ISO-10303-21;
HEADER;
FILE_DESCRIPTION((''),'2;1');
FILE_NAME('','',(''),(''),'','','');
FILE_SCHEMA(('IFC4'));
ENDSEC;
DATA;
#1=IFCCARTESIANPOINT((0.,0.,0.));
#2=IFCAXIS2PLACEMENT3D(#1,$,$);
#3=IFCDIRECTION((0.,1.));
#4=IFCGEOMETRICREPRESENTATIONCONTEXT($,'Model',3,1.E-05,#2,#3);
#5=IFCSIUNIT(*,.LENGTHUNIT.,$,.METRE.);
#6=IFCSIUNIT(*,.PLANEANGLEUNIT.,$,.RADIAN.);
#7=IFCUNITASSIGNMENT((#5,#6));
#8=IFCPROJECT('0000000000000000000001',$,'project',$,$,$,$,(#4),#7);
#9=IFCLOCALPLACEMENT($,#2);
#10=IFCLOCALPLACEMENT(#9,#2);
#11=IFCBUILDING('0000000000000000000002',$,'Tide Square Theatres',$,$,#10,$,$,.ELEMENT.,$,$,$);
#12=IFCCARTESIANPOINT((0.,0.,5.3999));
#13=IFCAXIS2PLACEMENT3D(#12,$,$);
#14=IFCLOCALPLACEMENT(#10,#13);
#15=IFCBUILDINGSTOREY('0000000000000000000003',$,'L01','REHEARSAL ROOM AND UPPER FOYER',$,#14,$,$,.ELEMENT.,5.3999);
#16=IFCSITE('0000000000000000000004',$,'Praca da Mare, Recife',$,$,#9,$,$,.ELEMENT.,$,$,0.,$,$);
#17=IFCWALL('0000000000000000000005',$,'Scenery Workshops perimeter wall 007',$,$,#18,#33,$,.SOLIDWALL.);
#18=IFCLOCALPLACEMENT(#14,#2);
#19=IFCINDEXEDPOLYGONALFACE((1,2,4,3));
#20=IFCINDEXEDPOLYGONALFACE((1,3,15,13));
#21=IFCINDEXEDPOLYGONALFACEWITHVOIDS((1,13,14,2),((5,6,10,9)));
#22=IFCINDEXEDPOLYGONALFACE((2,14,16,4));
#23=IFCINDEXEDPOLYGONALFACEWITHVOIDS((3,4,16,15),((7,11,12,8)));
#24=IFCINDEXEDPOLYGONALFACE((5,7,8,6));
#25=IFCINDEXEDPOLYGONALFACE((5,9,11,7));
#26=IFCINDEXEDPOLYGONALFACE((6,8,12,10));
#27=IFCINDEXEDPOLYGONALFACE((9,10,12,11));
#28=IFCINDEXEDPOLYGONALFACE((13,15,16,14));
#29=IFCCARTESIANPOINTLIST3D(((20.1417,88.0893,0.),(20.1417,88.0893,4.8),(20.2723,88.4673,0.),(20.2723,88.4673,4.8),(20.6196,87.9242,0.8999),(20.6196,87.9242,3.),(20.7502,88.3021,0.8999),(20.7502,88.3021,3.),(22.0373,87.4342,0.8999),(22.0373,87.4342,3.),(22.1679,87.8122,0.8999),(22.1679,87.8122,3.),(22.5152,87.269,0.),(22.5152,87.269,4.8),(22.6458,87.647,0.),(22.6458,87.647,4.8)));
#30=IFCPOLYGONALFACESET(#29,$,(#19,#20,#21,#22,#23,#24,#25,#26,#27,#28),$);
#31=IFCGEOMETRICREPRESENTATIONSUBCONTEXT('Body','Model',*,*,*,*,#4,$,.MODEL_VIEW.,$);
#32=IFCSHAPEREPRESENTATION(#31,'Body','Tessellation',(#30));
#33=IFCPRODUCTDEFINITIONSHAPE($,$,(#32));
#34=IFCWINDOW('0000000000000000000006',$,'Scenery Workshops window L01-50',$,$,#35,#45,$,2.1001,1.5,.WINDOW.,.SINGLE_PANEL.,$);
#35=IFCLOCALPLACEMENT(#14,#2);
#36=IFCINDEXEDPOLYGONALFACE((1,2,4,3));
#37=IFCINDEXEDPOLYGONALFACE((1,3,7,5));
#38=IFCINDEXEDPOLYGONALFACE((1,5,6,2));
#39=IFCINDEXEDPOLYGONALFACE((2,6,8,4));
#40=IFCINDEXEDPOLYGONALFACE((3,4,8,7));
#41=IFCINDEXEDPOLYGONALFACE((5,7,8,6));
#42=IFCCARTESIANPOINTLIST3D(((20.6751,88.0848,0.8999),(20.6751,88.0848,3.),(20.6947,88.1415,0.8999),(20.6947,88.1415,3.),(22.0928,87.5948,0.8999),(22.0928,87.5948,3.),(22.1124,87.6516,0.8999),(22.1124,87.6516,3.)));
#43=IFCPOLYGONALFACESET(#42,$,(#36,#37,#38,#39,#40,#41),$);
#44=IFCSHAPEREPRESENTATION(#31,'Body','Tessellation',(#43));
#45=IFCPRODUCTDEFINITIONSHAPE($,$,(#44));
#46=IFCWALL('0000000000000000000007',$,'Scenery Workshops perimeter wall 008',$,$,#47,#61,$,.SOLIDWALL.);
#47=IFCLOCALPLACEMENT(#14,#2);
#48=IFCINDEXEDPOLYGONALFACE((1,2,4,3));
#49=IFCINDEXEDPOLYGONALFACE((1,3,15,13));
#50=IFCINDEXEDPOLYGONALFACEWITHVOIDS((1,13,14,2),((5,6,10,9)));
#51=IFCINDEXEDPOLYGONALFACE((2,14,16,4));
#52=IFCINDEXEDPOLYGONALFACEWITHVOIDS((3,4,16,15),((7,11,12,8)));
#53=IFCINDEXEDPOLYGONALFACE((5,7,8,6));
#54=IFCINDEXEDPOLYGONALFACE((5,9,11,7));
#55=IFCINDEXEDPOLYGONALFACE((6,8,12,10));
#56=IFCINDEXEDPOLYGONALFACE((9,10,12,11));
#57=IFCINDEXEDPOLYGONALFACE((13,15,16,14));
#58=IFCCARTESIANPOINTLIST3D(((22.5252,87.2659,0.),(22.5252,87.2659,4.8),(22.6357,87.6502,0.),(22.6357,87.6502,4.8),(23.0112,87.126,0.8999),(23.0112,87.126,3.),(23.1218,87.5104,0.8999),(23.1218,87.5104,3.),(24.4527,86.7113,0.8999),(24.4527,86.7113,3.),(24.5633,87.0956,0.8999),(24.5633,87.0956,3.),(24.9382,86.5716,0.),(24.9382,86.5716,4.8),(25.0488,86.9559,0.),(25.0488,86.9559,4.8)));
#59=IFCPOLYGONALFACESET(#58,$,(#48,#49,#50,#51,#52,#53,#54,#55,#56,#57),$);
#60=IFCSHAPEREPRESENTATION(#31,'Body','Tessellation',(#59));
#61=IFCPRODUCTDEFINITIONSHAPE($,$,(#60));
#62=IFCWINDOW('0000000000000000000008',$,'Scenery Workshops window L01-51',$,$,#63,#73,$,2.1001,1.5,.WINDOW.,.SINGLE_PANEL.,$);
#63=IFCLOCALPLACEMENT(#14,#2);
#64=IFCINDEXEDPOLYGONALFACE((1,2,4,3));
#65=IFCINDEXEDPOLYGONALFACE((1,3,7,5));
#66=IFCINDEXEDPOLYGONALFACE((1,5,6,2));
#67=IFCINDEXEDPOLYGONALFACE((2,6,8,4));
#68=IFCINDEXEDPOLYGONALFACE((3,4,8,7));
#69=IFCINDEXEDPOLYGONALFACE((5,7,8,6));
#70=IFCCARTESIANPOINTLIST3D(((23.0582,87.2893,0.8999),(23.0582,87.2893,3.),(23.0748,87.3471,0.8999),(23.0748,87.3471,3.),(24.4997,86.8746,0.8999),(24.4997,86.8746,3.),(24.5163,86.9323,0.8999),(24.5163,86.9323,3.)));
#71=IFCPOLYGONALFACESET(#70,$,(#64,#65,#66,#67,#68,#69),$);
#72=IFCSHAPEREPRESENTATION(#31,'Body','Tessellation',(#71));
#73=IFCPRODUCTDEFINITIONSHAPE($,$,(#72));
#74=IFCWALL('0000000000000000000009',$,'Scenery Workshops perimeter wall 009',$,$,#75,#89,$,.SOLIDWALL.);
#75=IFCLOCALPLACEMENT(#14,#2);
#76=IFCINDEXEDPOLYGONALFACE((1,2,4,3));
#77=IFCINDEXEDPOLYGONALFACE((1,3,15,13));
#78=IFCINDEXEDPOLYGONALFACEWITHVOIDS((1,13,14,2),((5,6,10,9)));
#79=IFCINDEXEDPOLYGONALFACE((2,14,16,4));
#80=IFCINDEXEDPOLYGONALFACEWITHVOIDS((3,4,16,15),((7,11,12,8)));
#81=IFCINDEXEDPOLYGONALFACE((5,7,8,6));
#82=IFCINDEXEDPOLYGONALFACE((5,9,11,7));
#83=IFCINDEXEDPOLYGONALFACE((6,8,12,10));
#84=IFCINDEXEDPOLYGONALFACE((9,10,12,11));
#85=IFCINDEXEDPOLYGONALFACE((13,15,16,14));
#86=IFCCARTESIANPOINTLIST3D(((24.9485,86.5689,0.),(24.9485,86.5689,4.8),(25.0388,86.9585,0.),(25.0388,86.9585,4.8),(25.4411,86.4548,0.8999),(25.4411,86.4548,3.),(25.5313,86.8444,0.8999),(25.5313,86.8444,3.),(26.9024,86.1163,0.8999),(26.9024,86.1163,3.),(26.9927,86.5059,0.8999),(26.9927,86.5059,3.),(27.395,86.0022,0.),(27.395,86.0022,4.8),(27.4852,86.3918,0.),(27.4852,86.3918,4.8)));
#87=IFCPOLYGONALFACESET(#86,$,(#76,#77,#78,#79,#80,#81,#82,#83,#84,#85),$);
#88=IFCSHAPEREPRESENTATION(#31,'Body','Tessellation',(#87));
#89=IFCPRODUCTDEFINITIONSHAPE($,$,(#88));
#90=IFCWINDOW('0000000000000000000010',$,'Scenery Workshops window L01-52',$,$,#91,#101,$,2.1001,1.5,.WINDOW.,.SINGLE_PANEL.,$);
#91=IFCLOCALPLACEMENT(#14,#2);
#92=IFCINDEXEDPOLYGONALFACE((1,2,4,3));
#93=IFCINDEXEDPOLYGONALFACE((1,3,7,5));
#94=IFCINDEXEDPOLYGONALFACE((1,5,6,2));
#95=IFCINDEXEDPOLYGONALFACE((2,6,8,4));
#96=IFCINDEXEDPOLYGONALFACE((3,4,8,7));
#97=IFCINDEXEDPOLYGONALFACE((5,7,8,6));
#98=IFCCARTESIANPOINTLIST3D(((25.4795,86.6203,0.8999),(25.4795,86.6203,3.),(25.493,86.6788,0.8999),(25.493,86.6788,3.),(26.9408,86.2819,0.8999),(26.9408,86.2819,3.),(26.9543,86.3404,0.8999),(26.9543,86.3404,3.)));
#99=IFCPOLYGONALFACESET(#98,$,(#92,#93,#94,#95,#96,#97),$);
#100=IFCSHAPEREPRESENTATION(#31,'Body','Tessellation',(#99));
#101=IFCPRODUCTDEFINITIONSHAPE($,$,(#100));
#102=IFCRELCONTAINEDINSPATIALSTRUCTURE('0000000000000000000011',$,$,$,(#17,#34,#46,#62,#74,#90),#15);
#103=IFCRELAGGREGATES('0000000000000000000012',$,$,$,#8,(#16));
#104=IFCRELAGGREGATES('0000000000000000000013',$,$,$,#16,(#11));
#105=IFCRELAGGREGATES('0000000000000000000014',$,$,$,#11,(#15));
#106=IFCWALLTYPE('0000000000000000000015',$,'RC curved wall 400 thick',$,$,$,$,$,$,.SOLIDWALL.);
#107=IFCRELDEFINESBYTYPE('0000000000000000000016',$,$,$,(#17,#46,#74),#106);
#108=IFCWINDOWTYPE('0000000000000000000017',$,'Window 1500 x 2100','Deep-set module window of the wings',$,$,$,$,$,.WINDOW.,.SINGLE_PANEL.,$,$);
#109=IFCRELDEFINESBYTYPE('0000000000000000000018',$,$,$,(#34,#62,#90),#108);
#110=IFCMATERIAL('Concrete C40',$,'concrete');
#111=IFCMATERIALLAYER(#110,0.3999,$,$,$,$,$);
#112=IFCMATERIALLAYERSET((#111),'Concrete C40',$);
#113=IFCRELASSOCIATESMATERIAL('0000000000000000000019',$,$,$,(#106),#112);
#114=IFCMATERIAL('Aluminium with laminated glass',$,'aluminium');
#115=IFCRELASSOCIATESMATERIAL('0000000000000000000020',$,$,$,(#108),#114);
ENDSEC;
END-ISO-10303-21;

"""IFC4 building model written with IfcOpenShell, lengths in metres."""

from ifc_helpers import new_model, si_unit, direction, frame, frame_2d, origin, place, context, subcontext, project, spatial, rectangle, extrude, material, layer, layer_set, type_object, element, fill, save


model = new_model("IFC4")

# Units and contexts
model_context = context("Model", 3, precision=1e-05, world=origin(), true_north=direction((0.0, 1.0)))
body_context = subcontext(model_context, "Body", "Model", "MODEL_VIEW")
ifc_project = project(units=[si_unit("LENGTHUNIT", "METRE"), si_unit("PLANEANGLEUNIT", "RADIAN")], contexts=[model_context])

# Site, building, storey
site_placement = place(None, origin())
site = spatial("IfcSite", under=ifc_project, at=site_placement, Name="Praca da Mare, Recife", CompositionType="ELEMENT", RefElevation=0.0)
building_placement = place(site_placement, origin())
building = spatial("IfcBuilding", under=site, at=building_placement, Name="Tide Square Theatres", CompositionType="ELEMENT")
storey_placement = place(building_placement, frame((0.0, 0.0, 5.3999)))
storey = spatial("IfcBuildingStorey", under=building, at=storey_placement, Name="L01", Description="REHEARSAL ROOM AND UPPER FOYER", CompositionType="ELEMENT", Elevation=5.3999)

# Shared definitions
ifc_material_1 = material(Name="Concrete C40", Category="concrete")
ifc_layer_1 = layer(ifc_material_1, 0.3999)
ifc_layer_set_1 = layer_set([ifc_layer_1], Name="Concrete C40")
wall_type_1 = type_object("IfcWallType", Name="RC curved wall 400 thick", PredefinedType="SOLIDWALL", material=ifc_layer_set_1)

# Walls, openings, windows
ifc_material_2 = material(Name="Aluminium with laminated glass", Category="aluminium")
window_type = type_object("IfcWindowType", Name="Window 1500 x 2100", Description="Deep-set module window of the wings", PartitioningType="SINGLE_PANEL", PredefinedType="WINDOW", material=ifc_material_2)
wall_1_placement = place(storey_placement, frame((20.207, 88.2783, 0.0), z_axis=(0.0, 0.0, 1.0), x_axis=(0.945145, -0.32665, 0.0)))
wall_1 = element("IfcWall", 1, at=wall_1_placement, inside=storey, type_object=wall_type_1, Name="Scenery Workshops perimeter wall 007", PredefinedType="SOLIDWALL", context=body_context, shape_type="SweptSolid", body=[
    extrude(rectangle(XDim=2.5112, YDim=0.3999, at=frame_2d((1.2556, 0.0))), origin(), (0.0, 0.0, 1.0), 4.8),
])
opening_1_placement = place(wall_1_placement, frame((0.5056, 0.0, 0.8999)))
opening_1 = element("IfcOpeningElement", 2, at=opening_1_placement, cuts=wall_1, PredefinedType="OPENING", context=body_context, shape_type="SweptSolid", body=[
    extrude(rectangle(XDim=1.5, YDim=2.1001, at=frame_2d((0.75, 1.05))), frame((0.0, 0.21, 0.0), z_axis=(0.0, -1.0, 0.0), x_axis=(1.0, 0.0, 0.0)), (0.0, 0.0, 1.0), 0.4199),
])
window_1_placement = place(opening_1_placement, origin())
window_1 = element("IfcWindow", 3, at=window_1_placement, inside=storey, type_object=window_type, Name="Scenery Workshops window L01-50", OverallHeight=2.1001, OverallWidth=1.5, PartitioningType="SINGLE_PANEL", PredefinedType="WINDOW", context=body_context, shape_type="SweptSolid", body=[
    extrude(rectangle(XDim=1.5, YDim=2.1001, at=frame_2d((0.75, 1.05))), frame((0.0, 0.03, 0.0), z_axis=(0.0, -1.0, 0.0), x_axis=(1.0, 0.0, 0.0)), (0.0, 0.0, 1.0), 0.0601),
])
fill(opening_1, window_1)
wall_2_placement = place(storey_placement, frame((22.5806, 87.458, 0.0), z_axis=(0.0, 0.0, 1.0), x_axis=(0.961009, -0.276518, 0.0)))
wall_2 = element("IfcWall", 4, at=wall_2_placement, inside=storey, type_object=wall_type_1, Name="Scenery Workshops perimeter wall 008", PredefinedType="SOLIDWALL", context=body_context, shape_type="SweptSolid", body=[
    extrude(rectangle(XDim=2.511, YDim=0.3999, at=frame_2d((1.2554, 0.0))), origin(), (0.0, 0.0, 1.0), 4.8),
])
opening_2_placement = place(wall_2_placement, frame((0.5056, 0.0, 0.8999)))
opening_2 = element("IfcOpeningElement", 5, at=opening_2_placement, cuts=wall_2, PredefinedType="OPENING", context=body_context, shape_type="SweptSolid", body=[
    extrude(rectangle(XDim=1.5, YDim=2.1001, at=frame_2d((0.75, 1.05))), frame((0.0, 0.21, 0.0), z_axis=(0.0, -1.0, 0.0), x_axis=(1.0, 0.0, 0.0)), (0.0, 0.0, 1.0), 0.4199),
])
window_2_placement = place(opening_2_placement, origin())
window_2 = element("IfcWindow", 6, at=window_2_placement, inside=storey, type_object=window_type, Name="Scenery Workshops window L01-51", OverallHeight=2.1001, OverallWidth=1.5, PartitioningType="SINGLE_PANEL", PredefinedType="WINDOW", context=body_context, shape_type="SweptSolid", body=[
    extrude(rectangle(XDim=1.5, YDim=2.1001, at=frame_2d((0.75, 1.05))), frame((0.0, 0.03, 0.0), z_axis=(0.0, -1.0, 0.0), x_axis=(1.0, 0.0, 0.0)), (0.0, 0.0, 1.0), 0.0601),
])
fill(opening_2, window_2)
wall_3_placement = place(storey_placement, frame((24.9937, 86.7637, 0.0), z_axis=(0.0, 0.0, 1.0), x_axis=(0.974211, -0.22564, 0.0)))
wall_3 = element("IfcWall", 7, at=wall_3_placement, inside=storey, type_object=wall_type_1, Name="Scenery Workshops perimeter wall 009", PredefinedType="SOLIDWALL", context=body_context, shape_type="SweptSolid", body=[
    extrude(rectangle(XDim=2.5112, YDim=0.3999, at=frame_2d((1.2556, 0.0))), origin(), (0.0, 0.0, 1.0), 4.8),
])
opening_3_placement = place(wall_3_placement, frame((0.5056, 0.0, 0.8999)))
opening_3 = element("IfcOpeningElement", 8, at=opening_3_placement, cuts=wall_3, PredefinedType="OPENING", context=body_context, shape_type="SweptSolid", body=[
    extrude(rectangle(XDim=1.5, YDim=2.1001, at=frame_2d((0.75, 1.05))), frame((0.0, 0.21, 0.0), z_axis=(0.0, -1.0, 0.0), x_axis=(1.0, 0.0, 0.0)), (0.0, 0.0, 1.0), 0.4199),
])
window_3_placement = place(opening_3_placement, origin())
window_3 = element("IfcWindow", 9, at=window_3_placement, inside=storey, type_object=window_type, Name="Scenery Workshops window L01-52", OverallHeight=2.1001, OverallWidth=1.5, PartitioningType="SINGLE_PANEL", PredefinedType="WINDOW", context=body_context, shape_type="SweptSolid", body=[
    extrude(rectangle(XDim=1.5, YDim=2.1001, at=frame_2d((0.75, 1.05))), frame((0.0, 0.03, 0.0), z_axis=(0.0, -1.0, 0.0), x_axis=(1.0, 0.0, 0.0)), (0.0, 0.0, 1.0), 0.0601),
])
fill(opening_3, window_3)

save(model, "model.ifc")
